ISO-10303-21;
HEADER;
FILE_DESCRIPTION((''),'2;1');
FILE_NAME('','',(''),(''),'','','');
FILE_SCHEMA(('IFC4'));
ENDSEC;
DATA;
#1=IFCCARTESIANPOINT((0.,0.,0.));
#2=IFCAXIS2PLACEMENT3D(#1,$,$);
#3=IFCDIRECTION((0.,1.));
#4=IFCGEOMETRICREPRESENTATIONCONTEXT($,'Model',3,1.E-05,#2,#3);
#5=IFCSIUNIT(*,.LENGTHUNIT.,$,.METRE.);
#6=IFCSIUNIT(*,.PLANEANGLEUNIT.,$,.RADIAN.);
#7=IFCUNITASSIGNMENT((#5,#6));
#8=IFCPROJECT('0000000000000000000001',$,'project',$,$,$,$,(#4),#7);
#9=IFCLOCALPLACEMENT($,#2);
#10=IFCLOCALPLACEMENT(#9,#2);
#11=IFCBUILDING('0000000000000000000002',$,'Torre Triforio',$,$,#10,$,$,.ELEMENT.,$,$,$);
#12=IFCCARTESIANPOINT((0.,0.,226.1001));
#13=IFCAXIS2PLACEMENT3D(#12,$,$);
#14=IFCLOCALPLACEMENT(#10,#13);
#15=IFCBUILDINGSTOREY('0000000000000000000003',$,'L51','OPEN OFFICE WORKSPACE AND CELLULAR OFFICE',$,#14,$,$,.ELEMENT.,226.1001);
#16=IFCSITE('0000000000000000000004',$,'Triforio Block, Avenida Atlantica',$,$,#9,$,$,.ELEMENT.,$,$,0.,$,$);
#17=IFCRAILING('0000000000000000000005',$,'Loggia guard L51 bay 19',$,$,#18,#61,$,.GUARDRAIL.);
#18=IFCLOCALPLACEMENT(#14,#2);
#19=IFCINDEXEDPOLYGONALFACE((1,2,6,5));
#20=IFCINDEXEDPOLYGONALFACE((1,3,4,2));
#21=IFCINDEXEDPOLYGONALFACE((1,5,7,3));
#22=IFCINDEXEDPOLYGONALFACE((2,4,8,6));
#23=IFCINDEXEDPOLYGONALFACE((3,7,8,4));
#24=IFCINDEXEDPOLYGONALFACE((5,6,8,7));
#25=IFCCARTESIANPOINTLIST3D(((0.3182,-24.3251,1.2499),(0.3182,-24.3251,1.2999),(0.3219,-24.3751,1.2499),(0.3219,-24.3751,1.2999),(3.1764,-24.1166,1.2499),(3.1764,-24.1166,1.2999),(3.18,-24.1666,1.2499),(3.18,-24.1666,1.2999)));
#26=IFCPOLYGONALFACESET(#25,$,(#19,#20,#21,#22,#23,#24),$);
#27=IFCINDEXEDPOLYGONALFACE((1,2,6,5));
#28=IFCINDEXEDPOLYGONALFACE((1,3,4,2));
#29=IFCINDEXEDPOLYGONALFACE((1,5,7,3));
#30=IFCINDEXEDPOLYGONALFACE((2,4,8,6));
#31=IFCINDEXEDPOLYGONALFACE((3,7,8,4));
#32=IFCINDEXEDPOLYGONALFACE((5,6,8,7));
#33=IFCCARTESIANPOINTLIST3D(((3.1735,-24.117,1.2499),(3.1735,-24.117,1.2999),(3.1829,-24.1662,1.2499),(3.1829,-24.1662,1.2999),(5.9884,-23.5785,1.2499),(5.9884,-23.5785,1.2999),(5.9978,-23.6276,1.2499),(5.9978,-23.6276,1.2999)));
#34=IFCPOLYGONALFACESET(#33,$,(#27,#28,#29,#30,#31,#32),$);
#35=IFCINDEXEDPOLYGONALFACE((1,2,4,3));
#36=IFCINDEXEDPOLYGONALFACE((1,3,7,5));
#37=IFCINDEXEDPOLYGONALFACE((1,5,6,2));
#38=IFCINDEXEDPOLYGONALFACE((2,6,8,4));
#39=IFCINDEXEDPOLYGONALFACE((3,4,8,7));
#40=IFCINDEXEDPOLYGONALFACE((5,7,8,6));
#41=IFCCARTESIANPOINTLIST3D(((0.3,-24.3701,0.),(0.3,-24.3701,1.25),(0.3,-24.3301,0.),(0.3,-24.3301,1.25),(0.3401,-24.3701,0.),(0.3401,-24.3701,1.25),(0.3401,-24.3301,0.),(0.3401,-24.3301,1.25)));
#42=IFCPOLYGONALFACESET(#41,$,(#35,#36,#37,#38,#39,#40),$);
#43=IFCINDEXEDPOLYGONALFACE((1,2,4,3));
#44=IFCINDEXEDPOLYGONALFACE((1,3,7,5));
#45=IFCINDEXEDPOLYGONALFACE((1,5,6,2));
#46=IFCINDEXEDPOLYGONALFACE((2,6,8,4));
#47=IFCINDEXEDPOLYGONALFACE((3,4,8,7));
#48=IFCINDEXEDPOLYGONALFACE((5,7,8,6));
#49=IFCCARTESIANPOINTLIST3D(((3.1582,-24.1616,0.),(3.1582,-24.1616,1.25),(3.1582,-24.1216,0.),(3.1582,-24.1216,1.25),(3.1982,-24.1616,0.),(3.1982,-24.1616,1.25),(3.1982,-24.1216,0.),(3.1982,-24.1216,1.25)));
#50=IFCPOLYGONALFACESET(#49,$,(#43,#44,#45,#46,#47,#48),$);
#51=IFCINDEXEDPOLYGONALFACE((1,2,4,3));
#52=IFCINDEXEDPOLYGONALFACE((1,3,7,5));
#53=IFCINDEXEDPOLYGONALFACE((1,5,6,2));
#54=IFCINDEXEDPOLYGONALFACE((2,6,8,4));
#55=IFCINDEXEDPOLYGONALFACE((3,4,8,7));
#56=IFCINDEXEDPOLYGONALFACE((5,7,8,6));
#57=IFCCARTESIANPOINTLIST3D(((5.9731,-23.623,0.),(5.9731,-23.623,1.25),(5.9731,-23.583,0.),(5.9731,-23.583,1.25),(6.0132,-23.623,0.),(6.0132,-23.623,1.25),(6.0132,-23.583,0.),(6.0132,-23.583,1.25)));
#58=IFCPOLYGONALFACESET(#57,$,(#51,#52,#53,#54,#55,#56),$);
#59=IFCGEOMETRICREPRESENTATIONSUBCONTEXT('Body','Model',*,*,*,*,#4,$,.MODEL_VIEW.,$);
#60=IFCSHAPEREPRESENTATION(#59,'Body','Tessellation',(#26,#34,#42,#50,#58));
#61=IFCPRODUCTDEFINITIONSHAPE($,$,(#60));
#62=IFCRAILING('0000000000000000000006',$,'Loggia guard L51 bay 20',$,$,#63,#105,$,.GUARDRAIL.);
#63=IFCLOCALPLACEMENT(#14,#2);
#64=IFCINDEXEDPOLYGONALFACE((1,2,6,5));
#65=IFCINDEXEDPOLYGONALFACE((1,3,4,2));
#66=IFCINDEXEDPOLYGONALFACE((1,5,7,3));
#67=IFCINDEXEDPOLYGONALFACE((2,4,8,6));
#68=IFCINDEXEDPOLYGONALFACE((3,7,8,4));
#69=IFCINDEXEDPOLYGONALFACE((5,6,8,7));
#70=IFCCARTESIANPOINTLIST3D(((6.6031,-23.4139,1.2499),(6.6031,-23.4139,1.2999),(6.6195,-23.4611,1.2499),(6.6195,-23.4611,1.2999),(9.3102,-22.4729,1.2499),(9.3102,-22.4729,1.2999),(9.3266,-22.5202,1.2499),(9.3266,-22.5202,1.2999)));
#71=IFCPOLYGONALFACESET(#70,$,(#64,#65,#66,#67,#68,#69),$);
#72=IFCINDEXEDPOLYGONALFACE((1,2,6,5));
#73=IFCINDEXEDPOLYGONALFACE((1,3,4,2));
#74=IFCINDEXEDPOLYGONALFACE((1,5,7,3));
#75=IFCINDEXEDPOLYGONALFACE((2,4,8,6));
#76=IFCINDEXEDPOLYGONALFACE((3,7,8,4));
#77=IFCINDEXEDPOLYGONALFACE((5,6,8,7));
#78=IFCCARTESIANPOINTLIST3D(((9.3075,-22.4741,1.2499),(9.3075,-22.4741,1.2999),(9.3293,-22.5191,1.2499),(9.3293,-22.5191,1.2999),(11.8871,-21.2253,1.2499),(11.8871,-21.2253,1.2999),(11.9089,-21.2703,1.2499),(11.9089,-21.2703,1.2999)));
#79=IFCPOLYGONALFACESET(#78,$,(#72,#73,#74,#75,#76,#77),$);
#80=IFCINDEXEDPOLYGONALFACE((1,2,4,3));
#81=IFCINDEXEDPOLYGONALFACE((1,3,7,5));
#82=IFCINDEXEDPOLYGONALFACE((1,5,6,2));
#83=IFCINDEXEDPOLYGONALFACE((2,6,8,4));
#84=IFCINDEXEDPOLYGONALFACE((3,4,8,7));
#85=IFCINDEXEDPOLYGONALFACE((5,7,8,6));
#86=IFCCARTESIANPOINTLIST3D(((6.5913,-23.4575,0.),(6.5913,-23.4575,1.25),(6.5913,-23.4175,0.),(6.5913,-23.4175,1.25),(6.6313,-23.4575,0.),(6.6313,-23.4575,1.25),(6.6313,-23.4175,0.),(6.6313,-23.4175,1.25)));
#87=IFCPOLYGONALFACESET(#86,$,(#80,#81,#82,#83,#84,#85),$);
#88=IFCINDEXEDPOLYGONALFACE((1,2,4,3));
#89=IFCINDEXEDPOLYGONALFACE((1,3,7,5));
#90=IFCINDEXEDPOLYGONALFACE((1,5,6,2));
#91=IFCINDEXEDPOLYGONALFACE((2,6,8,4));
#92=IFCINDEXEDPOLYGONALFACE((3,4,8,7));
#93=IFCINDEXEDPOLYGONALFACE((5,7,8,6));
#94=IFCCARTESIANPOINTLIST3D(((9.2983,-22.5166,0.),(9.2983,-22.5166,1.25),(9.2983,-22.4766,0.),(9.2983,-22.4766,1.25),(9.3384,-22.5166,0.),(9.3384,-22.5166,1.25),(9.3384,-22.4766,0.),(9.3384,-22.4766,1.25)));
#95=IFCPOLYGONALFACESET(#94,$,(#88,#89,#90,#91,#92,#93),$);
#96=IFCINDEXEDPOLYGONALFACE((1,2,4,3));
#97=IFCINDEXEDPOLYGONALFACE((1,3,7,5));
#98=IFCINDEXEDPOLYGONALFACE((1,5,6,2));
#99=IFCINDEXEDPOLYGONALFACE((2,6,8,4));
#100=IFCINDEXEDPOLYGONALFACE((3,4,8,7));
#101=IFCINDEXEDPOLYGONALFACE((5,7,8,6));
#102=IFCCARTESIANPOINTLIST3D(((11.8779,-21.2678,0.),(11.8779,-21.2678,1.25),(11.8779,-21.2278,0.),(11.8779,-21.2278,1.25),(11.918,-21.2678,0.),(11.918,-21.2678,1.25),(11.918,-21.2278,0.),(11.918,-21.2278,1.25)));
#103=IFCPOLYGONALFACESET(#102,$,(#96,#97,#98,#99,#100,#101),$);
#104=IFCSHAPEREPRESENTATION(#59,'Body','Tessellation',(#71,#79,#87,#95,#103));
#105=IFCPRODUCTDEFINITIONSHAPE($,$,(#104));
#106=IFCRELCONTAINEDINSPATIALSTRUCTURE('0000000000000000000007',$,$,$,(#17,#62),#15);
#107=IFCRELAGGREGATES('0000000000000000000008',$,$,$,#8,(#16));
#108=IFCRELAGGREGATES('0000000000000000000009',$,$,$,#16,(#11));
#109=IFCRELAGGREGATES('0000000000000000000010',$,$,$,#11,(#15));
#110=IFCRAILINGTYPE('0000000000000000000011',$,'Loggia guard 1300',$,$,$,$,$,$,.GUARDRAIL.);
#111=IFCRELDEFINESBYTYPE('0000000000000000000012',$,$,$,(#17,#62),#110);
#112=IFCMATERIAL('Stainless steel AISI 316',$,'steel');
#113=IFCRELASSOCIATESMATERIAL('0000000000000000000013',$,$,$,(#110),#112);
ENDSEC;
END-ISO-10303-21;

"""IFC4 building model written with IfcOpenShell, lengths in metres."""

from ifc_helpers import new_model, si_unit, direction, frame, origin, origin_2d, place, context, subcontext, project, spatial, rectangle, extrude, material, type_object, element, save


model = new_model("IFC4")

# Units and contexts
model_context = context("Model", 3, precision=1e-05, world=origin(), true_north=direction((0.0, 1.0)))
body_context = subcontext(model_context, "Body", "Model", "MODEL_VIEW")
ifc_project = project(units=[si_unit("LENGTHUNIT", "METRE"), si_unit("PLANEANGLEUNIT", "RADIAN")], contexts=[model_context])

# Site, building, storey
site_placement = place(None, origin())
site = spatial("IfcSite", under=ifc_project, at=site_placement, Name="Triforio Block, Avenida Atlantica", CompositionType="ELEMENT", RefElevation=0.0)
building_placement = place(site_placement, origin())
building = spatial("IfcBuilding", under=site, at=building_placement, Name="Torre Triforio", CompositionType="ELEMENT")
storey_placement = place(building_placement, frame((0.0, 0.0, 226.1001)))
storey = spatial("IfcBuildingStorey", under=building, at=storey_placement, Name="L51", Description="OPEN OFFICE WORKSPACE AND CELLULAR OFFICE", CompositionType="ELEMENT", Elevation=226.1001)

# Railings
ifc_material_1 = material(Name="Stainless steel AISI 316", Category="steel")
railing_type = type_object("IfcRailingType", Name="Loggia guard 1300", PredefinedType="GUARDRAIL", material=ifc_material_1)
railing_1_placement = place(storey_placement, frame((0.3201, -24.3501, 0.0)))
element("IfcRailing", 1, at=railing_1_placement, inside=storey, type_object=railing_type, Name="Loggia guard L51 bay 19", PredefinedType="GUARDRAIL", context=body_context, shape_type="SweptSolid", body=[
    extrude(rectangle(XDim=0.05, YDim=0.05, at=origin_2d()), frame((0.0, 0.0, 1.2749), z_axis=(0.99735, 0.072754, 0.0), x_axis=(-0.072754, 0.99735, 0.0)), (0.0, 0.0, 1.0), 2.8657),
    extrude(rectangle(XDim=0.05, YDim=0.05, at=origin_2d()), frame((2.8582, 0.2085, 1.2749), z_axis=(0.982185, 0.187918, 0.0), x_axis=(-0.187918, 0.982185, 0.0)), (0.0, 0.0, 1.0), 2.866),
    extrude(rectangle(XDim=0.04, YDim=0.04, at=origin_2d()), origin(), (0.0, 0.0, 1.0), 1.25),
    extrude(rectangle(XDim=0.04, YDim=0.04, at=origin_2d()), frame((2.8582, 0.2085, 0.0)), (0.0, 0.0, 1.0), 1.25),
    extrude(rectangle(XDim=0.04, YDim=0.04, at=origin_2d()), frame((5.6731, 0.7471, 0.0)), (0.0, 0.0, 1.0), 1.25),
])
railing_2_placement = place(storey_placement, frame((6.6113, -23.4375, 0.0)))
element("IfcRailing", 2, at=railing_2_placement, inside=storey, type_object=railing_type, Name="Loggia guard L51 bay 20", PredefinedType="GUARDRAIL", context=body_context, shape_type="SweptSolid", body=[
    extrude(rectangle(XDim=0.05, YDim=0.05, at=origin_2d()), frame((0.0, 0.0, 1.2749), z_axis=(0.944568, 0.328316, 0.0), x_axis=(-0.328316, 0.944568, 0.0)), (0.0, 0.0, 1.0), 2.866),
    extrude(rectangle(XDim=0.05, YDim=0.05, at=origin_2d()), frame((2.707, 0.9409, 1.2749), z_axis=(0.900078, 0.435728, 0.0), x_axis=(-0.435728, 0.900078, 0.0)), (0.0, 0.0, 1.0), 2.866),
    extrude(rectangle(XDim=0.04, YDim=0.04, at=origin_2d()), origin(), (0.0, 0.0, 1.0), 1.25),
    extrude(rectangle(XDim=0.04, YDim=0.04, at=origin_2d()), frame((2.707, 0.9409, 0.0)), (0.0, 0.0, 1.0), 1.25),
    extrude(rectangle(XDim=0.04, YDim=0.04, at=origin_2d()), frame((5.2866, 2.1897, 0.0)), (0.0, 0.0, 1.0), 1.25),
])

save(model, "model.ifc")
